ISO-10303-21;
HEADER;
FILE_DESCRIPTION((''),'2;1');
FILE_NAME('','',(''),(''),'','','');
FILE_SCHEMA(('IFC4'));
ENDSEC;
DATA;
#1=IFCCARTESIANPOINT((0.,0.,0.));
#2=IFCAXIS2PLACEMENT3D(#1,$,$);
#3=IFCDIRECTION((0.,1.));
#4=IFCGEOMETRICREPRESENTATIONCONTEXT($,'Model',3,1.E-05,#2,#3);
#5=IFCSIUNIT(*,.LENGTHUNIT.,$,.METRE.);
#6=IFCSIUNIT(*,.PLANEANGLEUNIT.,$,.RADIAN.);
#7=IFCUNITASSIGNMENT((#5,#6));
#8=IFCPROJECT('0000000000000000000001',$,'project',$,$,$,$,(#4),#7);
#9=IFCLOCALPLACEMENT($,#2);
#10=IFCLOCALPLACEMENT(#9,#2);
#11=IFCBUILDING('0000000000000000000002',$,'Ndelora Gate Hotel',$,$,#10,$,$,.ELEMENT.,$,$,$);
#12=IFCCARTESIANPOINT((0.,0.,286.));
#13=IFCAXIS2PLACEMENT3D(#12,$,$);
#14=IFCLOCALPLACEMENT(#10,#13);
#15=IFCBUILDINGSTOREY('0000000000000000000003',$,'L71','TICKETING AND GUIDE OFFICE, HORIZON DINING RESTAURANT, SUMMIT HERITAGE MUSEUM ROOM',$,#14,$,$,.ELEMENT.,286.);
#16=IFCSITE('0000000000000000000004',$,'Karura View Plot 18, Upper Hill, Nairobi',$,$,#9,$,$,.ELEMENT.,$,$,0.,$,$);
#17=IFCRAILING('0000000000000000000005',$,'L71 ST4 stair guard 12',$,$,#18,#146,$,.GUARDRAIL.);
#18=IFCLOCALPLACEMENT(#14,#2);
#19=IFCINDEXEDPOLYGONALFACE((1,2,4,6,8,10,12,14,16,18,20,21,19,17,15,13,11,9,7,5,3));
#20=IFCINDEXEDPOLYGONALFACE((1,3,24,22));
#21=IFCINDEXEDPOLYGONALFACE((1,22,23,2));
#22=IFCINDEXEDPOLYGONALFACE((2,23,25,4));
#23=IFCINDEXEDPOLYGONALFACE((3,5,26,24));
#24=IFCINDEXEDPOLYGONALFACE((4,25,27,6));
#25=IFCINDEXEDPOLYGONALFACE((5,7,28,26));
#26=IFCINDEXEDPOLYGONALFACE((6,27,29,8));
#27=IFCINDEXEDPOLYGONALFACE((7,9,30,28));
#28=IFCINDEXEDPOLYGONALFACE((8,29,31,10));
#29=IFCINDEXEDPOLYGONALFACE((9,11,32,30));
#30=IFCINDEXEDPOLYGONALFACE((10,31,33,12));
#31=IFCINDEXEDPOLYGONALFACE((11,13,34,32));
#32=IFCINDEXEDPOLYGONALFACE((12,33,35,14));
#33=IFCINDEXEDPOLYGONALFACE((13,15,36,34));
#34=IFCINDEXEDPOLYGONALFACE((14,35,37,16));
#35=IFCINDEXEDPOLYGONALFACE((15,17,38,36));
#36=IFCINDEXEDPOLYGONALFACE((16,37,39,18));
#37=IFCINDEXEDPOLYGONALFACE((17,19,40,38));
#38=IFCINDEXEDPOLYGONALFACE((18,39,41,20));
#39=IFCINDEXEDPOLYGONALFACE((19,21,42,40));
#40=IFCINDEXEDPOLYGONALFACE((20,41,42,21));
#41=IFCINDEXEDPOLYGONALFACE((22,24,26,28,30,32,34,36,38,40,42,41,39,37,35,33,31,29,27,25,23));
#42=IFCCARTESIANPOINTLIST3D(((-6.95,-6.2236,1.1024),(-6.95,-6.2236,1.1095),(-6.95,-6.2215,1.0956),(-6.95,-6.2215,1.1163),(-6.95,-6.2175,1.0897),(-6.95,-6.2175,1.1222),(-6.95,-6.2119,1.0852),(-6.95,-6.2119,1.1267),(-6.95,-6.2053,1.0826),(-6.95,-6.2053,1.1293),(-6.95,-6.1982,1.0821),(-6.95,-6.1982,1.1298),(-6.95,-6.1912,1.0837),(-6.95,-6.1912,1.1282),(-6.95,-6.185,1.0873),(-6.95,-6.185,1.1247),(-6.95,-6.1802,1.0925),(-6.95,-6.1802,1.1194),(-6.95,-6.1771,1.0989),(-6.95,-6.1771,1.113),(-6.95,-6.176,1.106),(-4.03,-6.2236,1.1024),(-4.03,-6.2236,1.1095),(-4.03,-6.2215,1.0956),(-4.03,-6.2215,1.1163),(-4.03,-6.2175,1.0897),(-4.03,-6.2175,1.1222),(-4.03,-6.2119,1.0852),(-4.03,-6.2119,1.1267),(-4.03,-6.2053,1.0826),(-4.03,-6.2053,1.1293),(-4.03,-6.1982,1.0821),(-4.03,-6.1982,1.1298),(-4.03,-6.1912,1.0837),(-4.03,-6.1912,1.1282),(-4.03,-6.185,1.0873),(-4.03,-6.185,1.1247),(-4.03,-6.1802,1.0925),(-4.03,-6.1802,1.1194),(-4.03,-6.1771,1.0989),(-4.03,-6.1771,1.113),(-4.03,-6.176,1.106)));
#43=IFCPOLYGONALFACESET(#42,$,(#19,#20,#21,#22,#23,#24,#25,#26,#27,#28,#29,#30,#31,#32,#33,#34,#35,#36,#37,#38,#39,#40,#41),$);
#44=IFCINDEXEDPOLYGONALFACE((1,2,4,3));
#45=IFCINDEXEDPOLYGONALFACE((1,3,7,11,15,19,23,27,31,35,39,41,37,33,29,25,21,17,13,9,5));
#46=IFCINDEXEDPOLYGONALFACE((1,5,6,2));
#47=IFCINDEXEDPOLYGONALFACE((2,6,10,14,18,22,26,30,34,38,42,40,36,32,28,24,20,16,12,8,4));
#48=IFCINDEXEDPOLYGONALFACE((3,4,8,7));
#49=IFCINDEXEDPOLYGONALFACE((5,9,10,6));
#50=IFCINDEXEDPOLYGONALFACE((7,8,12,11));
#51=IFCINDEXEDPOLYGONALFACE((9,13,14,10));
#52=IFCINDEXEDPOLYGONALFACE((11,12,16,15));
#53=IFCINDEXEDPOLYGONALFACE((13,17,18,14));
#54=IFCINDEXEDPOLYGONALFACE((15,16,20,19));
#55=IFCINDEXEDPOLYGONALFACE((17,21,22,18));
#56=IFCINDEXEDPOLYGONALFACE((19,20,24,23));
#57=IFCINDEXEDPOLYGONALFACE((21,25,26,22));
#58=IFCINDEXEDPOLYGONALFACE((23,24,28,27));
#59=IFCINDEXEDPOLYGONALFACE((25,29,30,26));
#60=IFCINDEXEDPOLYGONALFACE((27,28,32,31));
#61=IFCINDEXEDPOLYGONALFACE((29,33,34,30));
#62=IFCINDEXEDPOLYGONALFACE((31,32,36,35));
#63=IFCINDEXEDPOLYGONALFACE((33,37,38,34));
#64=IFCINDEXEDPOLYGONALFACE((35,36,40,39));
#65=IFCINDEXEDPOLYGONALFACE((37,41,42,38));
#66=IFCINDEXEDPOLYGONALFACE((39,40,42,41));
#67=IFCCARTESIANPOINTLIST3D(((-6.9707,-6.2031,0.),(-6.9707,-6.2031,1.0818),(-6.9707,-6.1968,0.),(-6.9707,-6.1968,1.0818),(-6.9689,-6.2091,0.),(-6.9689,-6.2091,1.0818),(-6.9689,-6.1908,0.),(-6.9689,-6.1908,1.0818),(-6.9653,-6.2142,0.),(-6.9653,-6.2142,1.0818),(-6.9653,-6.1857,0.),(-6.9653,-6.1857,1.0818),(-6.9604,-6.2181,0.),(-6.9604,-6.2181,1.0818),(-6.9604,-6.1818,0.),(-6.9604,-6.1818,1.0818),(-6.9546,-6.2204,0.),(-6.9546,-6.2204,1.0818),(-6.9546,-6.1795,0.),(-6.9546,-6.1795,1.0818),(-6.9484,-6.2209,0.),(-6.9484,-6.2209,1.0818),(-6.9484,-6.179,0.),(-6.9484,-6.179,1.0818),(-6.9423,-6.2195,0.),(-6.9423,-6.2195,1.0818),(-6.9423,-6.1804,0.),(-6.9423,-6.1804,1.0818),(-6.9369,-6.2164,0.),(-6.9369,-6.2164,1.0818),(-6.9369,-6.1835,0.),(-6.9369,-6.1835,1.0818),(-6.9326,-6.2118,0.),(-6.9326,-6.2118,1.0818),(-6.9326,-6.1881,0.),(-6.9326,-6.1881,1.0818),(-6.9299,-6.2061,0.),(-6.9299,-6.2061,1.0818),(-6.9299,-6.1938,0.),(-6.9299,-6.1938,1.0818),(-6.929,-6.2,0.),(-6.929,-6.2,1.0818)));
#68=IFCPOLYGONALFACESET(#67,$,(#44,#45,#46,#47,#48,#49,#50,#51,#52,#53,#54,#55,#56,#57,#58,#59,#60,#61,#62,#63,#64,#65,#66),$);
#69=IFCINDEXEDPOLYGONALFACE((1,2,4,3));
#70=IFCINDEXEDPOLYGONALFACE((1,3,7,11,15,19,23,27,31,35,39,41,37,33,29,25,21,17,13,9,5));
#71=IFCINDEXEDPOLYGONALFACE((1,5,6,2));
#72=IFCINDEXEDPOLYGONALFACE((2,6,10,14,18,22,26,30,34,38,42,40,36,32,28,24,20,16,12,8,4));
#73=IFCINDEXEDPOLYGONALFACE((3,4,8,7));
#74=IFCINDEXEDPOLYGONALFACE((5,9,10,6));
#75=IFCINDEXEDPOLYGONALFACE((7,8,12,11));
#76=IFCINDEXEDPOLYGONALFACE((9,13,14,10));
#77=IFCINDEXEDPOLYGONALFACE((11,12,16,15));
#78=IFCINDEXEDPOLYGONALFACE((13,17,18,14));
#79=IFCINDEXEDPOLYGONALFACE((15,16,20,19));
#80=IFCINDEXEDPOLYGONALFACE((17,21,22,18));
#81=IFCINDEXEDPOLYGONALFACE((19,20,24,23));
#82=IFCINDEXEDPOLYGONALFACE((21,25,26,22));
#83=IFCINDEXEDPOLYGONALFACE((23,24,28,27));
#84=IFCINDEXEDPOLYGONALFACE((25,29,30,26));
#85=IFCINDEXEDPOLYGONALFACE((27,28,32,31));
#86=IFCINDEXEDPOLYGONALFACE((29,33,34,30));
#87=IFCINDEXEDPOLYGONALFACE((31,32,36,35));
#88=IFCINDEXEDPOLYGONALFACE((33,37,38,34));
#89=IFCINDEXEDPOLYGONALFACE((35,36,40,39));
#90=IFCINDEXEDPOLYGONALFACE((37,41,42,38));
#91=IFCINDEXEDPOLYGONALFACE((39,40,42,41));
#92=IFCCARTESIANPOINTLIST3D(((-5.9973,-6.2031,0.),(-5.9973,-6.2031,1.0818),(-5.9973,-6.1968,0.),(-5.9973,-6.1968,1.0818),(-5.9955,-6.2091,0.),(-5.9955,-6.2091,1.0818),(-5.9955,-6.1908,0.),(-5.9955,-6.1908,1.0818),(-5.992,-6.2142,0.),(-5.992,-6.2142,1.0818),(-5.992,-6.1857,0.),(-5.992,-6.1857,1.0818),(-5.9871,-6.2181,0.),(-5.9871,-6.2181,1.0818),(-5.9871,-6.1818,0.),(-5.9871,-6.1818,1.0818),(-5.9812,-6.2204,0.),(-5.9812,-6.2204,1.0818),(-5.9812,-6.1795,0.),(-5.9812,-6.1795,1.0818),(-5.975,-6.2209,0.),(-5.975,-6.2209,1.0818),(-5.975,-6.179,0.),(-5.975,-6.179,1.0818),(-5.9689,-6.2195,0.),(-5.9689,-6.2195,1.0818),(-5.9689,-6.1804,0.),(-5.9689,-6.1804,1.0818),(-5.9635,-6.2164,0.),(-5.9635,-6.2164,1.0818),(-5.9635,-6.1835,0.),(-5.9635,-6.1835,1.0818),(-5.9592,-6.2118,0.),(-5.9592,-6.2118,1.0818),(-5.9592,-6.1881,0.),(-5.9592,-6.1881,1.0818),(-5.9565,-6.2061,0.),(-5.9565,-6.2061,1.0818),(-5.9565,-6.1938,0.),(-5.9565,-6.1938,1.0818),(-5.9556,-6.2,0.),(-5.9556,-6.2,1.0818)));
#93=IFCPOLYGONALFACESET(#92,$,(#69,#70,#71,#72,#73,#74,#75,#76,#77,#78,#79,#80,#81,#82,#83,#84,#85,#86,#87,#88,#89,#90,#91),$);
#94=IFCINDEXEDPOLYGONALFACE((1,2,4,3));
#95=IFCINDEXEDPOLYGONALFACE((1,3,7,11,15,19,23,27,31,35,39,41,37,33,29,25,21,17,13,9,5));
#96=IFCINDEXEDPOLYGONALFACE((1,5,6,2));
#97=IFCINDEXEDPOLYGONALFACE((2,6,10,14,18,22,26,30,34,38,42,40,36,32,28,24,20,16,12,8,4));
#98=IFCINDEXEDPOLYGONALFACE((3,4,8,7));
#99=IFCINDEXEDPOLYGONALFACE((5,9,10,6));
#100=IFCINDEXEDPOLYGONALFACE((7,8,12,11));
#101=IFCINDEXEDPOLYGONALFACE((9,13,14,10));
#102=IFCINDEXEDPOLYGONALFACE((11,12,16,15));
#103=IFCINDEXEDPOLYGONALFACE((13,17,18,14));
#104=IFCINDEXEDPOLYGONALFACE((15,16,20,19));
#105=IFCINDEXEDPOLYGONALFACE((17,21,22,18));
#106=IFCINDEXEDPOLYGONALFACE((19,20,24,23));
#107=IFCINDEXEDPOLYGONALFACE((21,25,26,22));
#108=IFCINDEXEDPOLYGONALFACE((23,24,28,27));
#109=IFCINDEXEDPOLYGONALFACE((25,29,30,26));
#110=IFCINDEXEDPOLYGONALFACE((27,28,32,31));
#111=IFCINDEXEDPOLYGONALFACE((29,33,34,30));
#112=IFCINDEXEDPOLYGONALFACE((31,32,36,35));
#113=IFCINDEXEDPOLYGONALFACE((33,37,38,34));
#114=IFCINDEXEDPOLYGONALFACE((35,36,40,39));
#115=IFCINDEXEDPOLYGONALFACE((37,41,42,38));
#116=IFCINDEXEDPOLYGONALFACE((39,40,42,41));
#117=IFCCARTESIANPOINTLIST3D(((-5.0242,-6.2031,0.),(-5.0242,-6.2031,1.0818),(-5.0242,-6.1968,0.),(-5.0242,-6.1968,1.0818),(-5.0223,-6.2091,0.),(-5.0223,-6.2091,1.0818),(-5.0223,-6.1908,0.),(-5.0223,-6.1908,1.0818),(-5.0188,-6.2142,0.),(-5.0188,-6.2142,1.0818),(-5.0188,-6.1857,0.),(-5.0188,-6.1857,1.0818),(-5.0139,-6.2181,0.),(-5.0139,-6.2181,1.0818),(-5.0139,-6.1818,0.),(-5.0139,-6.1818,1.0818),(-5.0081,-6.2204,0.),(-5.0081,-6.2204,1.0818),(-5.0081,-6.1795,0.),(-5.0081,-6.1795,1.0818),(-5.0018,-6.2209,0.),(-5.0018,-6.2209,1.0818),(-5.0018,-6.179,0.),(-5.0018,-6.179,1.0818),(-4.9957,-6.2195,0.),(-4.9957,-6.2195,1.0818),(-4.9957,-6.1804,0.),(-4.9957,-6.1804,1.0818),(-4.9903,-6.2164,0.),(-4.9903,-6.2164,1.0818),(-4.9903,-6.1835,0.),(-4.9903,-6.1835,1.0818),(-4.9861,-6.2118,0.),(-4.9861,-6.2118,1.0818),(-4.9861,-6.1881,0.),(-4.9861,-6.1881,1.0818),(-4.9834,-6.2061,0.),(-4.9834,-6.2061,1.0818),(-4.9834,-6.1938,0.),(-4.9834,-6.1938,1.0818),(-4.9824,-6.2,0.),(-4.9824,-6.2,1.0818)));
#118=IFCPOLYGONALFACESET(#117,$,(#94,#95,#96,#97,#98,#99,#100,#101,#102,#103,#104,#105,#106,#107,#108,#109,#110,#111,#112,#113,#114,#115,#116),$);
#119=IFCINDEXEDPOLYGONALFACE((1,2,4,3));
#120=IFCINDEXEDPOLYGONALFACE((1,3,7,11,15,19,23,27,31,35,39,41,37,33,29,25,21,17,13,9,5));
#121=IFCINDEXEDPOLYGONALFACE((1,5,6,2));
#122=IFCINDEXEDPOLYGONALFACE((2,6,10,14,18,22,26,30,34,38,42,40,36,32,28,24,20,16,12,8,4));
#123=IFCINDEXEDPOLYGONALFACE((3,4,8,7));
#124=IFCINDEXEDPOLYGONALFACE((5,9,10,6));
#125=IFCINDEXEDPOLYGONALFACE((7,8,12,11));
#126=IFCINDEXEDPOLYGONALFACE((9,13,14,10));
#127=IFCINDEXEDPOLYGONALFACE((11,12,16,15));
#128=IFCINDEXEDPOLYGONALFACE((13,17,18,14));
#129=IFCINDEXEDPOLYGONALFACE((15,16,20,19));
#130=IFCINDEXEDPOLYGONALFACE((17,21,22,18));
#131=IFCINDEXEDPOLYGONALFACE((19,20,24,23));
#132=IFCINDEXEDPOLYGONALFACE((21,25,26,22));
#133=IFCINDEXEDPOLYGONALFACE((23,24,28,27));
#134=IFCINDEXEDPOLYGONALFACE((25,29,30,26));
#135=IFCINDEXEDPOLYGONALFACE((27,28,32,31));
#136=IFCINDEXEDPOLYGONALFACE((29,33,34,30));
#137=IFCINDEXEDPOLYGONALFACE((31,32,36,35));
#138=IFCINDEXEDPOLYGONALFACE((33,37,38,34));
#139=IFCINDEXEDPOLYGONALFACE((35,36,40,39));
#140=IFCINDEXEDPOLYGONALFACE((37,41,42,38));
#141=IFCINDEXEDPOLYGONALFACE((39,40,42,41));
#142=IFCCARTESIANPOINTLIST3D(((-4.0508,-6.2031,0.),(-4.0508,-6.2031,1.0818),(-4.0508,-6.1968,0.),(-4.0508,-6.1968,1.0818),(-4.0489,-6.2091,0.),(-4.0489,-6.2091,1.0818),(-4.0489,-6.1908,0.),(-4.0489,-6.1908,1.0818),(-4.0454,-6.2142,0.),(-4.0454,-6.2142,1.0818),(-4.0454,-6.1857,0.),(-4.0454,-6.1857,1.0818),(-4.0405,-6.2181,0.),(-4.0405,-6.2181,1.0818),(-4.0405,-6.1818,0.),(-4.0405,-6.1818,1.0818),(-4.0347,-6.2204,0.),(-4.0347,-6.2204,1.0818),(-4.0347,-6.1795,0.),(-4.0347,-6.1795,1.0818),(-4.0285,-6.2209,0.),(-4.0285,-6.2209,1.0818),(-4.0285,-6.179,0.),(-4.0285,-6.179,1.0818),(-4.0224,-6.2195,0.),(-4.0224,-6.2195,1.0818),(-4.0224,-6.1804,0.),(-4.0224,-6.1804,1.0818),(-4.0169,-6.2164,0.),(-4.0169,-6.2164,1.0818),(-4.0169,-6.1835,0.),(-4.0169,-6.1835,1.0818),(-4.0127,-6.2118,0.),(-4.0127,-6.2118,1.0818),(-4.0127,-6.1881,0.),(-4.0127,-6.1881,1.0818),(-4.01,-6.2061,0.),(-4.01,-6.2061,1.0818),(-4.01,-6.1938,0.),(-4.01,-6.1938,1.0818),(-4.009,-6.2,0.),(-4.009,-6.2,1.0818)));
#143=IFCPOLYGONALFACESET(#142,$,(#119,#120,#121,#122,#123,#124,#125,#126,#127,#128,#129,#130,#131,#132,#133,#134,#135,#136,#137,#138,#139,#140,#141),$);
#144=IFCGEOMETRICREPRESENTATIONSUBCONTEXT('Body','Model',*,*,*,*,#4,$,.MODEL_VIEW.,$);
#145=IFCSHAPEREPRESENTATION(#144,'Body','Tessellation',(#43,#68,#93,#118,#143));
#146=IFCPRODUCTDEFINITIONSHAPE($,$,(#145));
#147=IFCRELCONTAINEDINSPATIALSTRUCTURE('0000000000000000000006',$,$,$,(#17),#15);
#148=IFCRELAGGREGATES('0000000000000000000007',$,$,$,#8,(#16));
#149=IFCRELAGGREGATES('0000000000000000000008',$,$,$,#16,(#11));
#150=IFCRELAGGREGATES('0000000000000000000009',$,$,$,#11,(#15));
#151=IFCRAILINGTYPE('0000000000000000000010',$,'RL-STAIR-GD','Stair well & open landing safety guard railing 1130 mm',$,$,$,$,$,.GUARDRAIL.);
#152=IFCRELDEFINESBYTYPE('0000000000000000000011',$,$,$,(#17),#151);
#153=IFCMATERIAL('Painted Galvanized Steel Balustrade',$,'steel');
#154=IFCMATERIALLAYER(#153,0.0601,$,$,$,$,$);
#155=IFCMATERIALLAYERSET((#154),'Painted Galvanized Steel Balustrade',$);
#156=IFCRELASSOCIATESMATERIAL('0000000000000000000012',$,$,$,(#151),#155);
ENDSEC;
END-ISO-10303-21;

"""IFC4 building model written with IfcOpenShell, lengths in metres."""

from ifc_helpers import new_model, si_unit, direction, frame, origin, origin_2d, place, context, subcontext, project, spatial, circle, extrude, material, layer, layer_set, type_object, element, save


model = new_model("IFC4")

# Units and contexts
model_context = context("Model", 3, precision=1e-05, world=origin(), true_north=direction((0.0, 1.0)))
body_context = subcontext(model_context, "Body", "Model", "MODEL_VIEW")
ifc_project = project(units=[si_unit("LENGTHUNIT", "METRE"), si_unit("PLANEANGLEUNIT", "RADIAN")], contexts=[model_context])

# Site, building, storey
site_placement = place(None, origin())
site = spatial("IfcSite", under=ifc_project, at=site_placement, Name="Karura View Plot 18, Upper Hill, Nairobi", CompositionType="ELEMENT", RefElevation=0.0)
building_placement = place(site_placement, origin())
building = spatial("IfcBuilding", under=site, at=building_placement, Name="Ndelora Gate Hotel", CompositionType="ELEMENT")
storey_placement = place(building_placement, frame((0.0, 0.0, 286.0)))
storey = spatial("IfcBuildingStorey", under=building, at=storey_placement, Name="L71", Description="TICKETING AND GUIDE OFFICE, HORIZON DINING RESTAURANT, SUMMIT HERITAGE MUSEUM ROOM", CompositionType="ELEMENT", Elevation=286.0)

# Railing
ifc_material_1 = material(Name="Painted Galvanized Steel Balustrade", Category="steel")
ifc_layer_1 = layer(ifc_material_1, 0.0601)
ifc_layer_set_1 = layer_set([ifc_layer_1], Name="Painted Galvanized Steel Balustrade")
railing_type_1 = type_object("IfcRailingType", Name="RL-STAIR-GD", Description="Stair well & open landing safety guard railing 1130 mm", PredefinedType="GUARDRAIL", material=ifc_layer_set_1)
railing_1_placement = place(storey_placement, frame((-6.95, -6.2, 0.0)))
element("IfcRailing", 1, at=railing_1_placement, inside=storey, type_object=railing_type_1, Name="L71 ST4 stair guard 12", PredefinedType="GUARDRAIL", context=body_context, shape_type="SweptSolid", body=[
    extrude(circle(Radius=0.0239, at=origin_2d()), frame((0.0, 0.0, 1.106), z_axis=(1.0, 0.0, 0.0), x_axis=(0.0, 1.0, 0.0)), (0.0, 0.0, 1.0), 2.9199),
    extrude(circle(Radius=0.021, at=origin_2d()), origin(), (0.0, 0.0, 1.0), 1.0818),
    extrude(circle(Radius=0.021, at=origin_2d()), frame((0.9734, 0.0, 0.0)), (0.0, 0.0, 1.0), 1.0818),
    extrude(circle(Radius=0.021, at=origin_2d()), frame((1.9465, 0.0, 0.0)), (0.0, 0.0, 1.0), 1.0818),
    extrude(circle(Radius=0.021, at=origin_2d()), frame((2.9199, 0.0, 0.0)), (0.0, 0.0, 1.0), 1.0818),
])

save(model, "model.ifc")
